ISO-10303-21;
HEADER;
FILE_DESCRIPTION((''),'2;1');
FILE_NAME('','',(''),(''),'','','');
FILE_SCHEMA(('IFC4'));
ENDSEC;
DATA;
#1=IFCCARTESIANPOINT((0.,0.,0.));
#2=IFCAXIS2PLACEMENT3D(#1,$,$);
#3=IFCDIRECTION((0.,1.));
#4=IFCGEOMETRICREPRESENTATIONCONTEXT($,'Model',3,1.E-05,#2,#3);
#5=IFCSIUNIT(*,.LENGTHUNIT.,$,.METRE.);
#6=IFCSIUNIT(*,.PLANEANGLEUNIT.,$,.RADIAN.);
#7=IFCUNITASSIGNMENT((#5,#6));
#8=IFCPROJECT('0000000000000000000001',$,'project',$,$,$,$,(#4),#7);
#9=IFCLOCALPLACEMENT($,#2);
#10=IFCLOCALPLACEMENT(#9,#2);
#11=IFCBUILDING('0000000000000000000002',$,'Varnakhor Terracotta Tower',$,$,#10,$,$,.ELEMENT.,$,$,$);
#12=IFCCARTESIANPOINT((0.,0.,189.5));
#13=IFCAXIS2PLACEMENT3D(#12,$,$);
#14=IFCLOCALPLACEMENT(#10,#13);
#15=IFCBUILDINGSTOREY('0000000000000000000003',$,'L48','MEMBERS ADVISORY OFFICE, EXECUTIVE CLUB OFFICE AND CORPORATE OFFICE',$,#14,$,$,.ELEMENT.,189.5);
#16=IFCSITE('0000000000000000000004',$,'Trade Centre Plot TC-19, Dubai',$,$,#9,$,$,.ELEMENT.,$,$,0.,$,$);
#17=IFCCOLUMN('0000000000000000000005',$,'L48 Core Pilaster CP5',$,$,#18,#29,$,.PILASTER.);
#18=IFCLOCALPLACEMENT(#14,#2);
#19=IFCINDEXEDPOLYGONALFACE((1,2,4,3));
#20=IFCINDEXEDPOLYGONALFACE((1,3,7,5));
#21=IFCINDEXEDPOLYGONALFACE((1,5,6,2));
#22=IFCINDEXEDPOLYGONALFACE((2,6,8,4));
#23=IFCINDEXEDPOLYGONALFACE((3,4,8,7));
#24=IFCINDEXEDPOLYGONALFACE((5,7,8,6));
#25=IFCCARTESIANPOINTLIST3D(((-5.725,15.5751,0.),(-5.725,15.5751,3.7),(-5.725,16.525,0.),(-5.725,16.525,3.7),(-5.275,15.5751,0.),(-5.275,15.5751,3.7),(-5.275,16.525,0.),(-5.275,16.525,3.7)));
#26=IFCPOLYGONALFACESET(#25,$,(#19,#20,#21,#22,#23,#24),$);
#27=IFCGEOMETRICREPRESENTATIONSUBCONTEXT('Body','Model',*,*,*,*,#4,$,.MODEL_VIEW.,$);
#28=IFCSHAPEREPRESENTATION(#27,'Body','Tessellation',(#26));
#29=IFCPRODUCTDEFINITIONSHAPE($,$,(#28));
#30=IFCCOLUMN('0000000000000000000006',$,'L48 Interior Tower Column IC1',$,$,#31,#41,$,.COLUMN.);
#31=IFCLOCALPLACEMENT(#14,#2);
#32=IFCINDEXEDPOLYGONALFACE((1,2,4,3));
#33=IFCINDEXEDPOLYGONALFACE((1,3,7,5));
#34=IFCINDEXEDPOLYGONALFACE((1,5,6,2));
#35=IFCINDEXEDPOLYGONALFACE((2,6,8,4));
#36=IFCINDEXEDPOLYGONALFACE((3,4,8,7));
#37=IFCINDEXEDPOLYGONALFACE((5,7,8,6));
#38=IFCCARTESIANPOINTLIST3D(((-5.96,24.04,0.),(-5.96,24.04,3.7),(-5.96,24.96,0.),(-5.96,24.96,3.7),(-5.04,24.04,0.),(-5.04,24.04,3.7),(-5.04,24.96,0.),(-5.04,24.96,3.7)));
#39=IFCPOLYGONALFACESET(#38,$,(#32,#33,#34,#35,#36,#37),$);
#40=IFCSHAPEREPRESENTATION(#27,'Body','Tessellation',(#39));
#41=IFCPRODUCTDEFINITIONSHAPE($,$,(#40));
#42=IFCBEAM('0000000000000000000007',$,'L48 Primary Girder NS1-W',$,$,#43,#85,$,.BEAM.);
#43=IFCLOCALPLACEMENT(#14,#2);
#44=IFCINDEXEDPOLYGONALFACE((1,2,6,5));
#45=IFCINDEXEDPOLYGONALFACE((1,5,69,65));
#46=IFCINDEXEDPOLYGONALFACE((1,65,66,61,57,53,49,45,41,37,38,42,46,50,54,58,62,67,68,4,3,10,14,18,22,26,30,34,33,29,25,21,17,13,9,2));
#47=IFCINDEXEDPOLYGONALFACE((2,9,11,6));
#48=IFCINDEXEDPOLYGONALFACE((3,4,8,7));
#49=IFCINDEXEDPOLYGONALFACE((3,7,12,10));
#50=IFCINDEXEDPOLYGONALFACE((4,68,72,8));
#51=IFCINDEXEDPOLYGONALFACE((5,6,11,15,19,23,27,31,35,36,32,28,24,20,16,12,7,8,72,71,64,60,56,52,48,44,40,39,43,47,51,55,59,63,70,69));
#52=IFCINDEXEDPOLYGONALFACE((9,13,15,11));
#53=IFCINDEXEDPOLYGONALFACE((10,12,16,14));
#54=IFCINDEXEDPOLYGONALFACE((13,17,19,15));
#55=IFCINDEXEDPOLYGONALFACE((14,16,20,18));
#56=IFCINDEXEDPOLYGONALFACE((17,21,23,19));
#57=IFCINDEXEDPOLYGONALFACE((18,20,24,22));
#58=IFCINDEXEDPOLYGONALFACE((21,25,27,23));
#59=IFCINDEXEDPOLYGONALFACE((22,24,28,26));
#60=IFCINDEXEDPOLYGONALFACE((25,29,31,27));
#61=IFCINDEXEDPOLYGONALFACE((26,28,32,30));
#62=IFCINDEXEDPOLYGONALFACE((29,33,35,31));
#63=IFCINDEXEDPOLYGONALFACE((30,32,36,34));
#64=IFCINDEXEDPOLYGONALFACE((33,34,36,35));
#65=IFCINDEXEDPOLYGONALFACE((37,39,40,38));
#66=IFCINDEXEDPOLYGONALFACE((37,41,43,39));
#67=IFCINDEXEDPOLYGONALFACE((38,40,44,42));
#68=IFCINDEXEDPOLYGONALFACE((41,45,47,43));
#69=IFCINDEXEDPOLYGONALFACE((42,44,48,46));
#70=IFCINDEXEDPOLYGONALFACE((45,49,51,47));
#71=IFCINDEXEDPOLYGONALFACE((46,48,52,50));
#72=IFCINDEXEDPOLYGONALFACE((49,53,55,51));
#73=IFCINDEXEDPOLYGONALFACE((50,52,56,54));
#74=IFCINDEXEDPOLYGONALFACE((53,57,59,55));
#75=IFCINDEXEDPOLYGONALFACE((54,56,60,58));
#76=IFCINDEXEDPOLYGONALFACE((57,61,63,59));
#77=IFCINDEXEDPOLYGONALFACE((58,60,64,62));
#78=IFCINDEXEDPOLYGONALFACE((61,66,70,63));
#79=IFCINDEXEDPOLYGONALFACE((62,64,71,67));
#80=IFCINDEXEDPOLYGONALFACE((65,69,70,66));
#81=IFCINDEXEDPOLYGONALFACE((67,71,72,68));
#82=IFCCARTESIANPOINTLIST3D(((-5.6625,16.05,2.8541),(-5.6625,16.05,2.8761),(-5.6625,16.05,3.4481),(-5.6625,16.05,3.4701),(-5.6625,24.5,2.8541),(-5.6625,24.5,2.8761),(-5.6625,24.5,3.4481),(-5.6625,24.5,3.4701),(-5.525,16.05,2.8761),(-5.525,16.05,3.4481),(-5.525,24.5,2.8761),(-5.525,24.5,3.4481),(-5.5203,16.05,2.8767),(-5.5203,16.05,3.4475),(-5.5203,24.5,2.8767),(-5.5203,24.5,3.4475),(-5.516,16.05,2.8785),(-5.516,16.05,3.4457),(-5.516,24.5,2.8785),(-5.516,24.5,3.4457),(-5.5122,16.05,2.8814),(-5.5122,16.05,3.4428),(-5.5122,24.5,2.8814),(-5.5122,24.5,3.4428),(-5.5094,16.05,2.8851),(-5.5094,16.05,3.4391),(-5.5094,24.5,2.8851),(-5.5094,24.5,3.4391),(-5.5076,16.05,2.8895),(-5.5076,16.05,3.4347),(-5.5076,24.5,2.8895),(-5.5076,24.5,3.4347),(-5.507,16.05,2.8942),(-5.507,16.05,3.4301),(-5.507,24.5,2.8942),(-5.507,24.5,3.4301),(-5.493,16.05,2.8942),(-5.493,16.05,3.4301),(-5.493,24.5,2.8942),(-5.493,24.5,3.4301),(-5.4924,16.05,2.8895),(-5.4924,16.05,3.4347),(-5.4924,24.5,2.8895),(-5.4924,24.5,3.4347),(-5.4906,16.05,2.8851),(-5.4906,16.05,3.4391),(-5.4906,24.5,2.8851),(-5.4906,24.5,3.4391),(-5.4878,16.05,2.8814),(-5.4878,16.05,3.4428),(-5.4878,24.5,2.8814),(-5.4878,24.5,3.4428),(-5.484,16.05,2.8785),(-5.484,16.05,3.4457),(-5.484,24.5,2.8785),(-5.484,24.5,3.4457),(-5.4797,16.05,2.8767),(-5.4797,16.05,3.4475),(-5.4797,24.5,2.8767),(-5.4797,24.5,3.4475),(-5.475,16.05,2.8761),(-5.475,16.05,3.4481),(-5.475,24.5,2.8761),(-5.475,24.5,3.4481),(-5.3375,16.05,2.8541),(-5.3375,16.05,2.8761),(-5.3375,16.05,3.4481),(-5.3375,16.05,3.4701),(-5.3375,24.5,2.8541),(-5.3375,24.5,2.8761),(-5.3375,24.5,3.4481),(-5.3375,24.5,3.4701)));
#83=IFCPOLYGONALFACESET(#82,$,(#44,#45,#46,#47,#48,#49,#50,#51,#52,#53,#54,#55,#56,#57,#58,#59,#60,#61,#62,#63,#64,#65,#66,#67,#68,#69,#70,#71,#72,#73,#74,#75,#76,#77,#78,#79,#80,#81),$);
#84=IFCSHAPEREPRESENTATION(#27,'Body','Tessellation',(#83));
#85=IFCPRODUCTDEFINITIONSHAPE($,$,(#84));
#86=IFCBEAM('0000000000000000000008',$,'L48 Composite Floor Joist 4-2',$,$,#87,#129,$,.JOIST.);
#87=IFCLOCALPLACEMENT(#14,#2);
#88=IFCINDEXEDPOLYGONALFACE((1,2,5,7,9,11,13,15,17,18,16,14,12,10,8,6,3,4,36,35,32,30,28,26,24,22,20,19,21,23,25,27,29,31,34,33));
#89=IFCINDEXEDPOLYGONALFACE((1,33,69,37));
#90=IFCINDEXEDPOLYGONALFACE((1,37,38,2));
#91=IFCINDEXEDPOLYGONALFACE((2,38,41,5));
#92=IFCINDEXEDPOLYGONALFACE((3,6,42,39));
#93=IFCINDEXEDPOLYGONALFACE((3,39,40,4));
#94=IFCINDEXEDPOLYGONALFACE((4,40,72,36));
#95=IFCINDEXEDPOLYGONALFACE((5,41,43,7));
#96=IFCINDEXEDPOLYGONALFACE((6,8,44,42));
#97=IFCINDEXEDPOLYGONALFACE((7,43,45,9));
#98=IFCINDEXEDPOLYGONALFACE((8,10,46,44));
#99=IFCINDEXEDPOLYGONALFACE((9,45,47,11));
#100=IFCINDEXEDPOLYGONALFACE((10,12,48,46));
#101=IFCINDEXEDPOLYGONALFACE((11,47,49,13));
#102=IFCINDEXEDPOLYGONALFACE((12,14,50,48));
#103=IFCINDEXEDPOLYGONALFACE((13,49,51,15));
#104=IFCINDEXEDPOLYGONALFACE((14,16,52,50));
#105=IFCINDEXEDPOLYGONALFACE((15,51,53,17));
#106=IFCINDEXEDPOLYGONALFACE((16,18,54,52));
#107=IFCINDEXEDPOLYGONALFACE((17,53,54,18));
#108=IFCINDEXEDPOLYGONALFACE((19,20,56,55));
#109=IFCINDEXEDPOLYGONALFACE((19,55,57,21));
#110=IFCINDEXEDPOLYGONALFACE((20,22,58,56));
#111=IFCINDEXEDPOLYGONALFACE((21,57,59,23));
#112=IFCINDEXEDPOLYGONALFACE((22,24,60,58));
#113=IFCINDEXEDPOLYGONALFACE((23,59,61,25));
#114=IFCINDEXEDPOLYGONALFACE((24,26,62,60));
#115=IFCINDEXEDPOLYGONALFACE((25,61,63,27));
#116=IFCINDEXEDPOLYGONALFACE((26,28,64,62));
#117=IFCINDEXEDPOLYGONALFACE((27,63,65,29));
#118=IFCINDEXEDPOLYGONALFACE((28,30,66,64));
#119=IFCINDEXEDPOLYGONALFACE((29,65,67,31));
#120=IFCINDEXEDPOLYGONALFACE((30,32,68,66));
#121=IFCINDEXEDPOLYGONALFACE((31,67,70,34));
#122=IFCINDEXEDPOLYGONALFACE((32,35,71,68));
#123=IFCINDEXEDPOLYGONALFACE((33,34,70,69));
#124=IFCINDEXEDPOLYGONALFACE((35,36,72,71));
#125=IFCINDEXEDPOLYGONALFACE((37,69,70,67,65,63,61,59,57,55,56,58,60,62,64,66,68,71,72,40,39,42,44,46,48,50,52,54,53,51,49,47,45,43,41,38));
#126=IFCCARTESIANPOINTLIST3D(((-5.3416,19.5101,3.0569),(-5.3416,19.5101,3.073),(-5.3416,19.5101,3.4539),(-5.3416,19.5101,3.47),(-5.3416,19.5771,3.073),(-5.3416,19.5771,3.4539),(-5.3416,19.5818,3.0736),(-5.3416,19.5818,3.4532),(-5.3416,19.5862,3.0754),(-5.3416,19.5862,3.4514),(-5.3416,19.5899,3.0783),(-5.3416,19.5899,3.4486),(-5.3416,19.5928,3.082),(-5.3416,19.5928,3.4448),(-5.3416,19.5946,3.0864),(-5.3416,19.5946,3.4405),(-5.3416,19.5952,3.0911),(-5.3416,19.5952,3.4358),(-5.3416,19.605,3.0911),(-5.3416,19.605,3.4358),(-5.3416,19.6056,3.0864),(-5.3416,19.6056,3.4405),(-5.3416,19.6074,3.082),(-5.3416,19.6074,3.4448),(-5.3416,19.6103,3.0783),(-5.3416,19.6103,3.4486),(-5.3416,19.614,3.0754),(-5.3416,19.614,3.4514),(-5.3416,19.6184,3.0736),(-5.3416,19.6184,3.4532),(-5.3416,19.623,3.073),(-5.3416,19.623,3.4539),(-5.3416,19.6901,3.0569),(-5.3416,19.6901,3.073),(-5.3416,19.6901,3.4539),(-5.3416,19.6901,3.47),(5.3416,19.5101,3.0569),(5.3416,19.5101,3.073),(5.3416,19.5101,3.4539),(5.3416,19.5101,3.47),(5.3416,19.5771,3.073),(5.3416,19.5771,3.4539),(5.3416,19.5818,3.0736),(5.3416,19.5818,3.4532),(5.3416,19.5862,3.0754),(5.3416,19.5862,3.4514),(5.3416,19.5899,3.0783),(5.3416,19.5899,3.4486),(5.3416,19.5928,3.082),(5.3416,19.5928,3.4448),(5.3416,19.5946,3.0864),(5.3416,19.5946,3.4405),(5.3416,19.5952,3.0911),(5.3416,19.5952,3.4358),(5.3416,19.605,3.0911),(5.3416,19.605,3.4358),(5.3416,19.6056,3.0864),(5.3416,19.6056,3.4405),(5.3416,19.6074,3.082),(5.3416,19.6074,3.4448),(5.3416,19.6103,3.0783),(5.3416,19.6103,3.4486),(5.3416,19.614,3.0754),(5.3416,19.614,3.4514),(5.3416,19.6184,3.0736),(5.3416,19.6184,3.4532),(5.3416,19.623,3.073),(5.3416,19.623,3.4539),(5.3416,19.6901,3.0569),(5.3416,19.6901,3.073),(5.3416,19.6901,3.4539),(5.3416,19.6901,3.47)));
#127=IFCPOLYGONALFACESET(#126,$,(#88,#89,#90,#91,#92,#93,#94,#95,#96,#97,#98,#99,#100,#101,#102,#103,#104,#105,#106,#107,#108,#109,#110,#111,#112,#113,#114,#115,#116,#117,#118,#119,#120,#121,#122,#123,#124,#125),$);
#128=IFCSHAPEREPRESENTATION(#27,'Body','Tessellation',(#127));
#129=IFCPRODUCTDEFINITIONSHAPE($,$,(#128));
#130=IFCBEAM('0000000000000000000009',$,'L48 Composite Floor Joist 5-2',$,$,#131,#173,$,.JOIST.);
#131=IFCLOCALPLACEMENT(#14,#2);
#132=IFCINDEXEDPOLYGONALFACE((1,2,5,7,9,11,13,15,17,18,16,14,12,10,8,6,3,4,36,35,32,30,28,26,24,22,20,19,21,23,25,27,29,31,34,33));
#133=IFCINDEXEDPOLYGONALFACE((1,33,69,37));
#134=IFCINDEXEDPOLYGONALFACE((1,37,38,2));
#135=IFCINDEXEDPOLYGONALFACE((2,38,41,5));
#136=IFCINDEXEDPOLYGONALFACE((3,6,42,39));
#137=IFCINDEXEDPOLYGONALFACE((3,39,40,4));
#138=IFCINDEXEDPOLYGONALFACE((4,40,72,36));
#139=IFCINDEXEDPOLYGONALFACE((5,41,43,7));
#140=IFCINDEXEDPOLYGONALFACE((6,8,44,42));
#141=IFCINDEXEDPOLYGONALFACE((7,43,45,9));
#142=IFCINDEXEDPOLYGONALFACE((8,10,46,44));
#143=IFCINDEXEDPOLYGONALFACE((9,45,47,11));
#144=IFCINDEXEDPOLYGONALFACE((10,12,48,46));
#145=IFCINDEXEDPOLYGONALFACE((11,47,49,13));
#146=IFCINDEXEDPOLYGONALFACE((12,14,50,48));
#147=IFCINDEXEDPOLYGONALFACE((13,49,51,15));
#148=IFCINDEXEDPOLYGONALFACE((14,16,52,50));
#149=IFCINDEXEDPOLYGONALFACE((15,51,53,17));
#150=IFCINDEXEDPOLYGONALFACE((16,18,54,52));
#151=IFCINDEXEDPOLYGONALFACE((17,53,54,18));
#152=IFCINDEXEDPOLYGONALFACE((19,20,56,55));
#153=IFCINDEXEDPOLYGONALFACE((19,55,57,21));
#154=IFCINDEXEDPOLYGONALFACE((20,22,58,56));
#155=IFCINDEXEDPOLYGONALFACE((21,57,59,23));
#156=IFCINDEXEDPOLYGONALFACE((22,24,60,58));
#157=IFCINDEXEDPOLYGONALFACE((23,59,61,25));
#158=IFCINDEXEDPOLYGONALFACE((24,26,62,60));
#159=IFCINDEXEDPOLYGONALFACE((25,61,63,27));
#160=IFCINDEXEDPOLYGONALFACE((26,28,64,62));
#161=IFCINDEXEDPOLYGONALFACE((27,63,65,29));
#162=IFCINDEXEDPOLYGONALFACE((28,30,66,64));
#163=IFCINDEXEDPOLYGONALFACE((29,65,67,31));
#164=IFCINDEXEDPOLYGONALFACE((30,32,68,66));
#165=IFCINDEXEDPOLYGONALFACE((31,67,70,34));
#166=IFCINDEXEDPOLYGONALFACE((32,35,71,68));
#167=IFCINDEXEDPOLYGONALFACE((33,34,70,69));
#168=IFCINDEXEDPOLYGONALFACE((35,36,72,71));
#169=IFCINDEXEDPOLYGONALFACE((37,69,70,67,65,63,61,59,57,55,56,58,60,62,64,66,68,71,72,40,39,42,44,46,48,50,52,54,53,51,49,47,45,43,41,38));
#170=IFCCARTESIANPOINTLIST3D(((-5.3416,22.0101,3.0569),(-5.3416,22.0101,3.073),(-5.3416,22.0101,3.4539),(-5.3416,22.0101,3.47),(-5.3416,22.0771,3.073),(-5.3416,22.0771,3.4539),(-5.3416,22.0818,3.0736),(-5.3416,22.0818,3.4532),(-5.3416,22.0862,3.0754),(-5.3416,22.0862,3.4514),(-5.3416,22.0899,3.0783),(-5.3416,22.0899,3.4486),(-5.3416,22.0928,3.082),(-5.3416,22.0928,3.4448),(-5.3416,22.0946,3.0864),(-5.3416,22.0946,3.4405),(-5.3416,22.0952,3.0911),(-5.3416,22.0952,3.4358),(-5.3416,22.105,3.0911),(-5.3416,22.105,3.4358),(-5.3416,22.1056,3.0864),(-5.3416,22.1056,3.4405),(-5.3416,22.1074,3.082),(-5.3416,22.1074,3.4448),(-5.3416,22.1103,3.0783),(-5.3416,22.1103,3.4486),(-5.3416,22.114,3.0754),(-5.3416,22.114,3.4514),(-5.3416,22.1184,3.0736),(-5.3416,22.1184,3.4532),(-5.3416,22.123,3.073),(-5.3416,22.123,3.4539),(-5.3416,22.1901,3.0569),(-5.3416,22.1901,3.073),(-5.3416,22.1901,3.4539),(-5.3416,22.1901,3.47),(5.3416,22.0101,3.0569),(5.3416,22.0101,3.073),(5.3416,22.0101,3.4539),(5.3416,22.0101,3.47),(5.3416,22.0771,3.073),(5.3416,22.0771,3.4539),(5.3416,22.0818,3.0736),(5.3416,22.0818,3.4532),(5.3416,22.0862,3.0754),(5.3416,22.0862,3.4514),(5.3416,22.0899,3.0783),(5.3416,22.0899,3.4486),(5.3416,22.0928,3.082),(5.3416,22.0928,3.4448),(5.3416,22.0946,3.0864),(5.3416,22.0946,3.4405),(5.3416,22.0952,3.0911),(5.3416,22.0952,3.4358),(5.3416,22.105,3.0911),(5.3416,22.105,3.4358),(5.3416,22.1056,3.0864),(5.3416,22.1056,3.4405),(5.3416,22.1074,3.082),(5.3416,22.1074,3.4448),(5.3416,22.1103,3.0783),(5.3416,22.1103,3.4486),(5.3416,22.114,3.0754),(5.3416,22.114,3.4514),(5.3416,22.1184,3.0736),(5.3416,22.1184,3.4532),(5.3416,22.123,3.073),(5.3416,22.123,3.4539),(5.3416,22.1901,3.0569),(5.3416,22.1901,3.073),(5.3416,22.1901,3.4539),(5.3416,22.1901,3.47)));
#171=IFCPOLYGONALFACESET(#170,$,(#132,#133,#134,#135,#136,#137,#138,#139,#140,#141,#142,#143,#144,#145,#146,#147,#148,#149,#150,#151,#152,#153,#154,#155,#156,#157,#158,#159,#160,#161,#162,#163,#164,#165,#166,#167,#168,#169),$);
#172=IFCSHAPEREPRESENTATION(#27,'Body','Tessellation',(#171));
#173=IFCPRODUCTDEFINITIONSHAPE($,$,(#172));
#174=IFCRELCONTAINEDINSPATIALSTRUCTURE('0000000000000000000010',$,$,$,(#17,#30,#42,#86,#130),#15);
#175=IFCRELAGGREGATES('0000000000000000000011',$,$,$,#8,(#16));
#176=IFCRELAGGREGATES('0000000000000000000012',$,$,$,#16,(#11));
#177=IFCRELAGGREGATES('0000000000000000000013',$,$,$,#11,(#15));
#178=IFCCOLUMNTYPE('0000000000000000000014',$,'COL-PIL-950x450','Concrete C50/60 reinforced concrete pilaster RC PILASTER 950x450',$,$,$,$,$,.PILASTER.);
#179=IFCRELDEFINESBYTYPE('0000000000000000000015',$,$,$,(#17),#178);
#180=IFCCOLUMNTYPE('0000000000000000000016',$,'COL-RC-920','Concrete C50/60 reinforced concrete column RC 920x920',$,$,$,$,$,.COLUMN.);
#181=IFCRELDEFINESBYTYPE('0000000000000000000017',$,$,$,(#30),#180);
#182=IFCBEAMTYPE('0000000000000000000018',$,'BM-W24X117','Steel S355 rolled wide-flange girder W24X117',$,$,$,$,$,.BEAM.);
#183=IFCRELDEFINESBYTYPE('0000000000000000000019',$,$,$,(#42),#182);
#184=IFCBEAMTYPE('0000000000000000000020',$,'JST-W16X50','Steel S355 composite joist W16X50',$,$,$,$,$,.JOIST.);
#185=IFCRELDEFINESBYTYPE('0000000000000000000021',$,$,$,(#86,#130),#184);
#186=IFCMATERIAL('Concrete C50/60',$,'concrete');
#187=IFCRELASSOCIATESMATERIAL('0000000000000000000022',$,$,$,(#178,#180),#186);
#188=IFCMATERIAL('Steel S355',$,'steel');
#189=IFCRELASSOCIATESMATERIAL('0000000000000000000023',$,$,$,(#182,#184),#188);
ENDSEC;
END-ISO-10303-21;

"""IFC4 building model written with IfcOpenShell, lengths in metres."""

from ifc_helpers import new_model, si_unit, direction, frame, origin, origin_2d, place, context, subcontext, project, spatial, rectangle, i_section, extrude, source, transform, mapped, material, material_profile, profile_set, type_object, type_shapes, element, save


model = new_model("IFC4")

# Units and contexts
model_context = context("Model", 3, precision=1e-05, world=origin(), true_north=direction((0.0, 1.0)))
body_context = subcontext(model_context, "Body", "Model", "MODEL_VIEW")
ifc_project = project(units=[si_unit("LENGTHUNIT", "METRE"), si_unit("PLANEANGLEUNIT", "RADIAN")], contexts=[model_context])

# Site, building, storey
site_placement = place(None, origin())
site = spatial("IfcSite", under=ifc_project, at=site_placement, Name="Trade Centre Plot TC-19, Dubai", CompositionType="ELEMENT", RefElevation=0.0)
building_placement = place(site_placement, origin())
building = spatial("IfcBuilding", under=site, at=building_placement, Name="Varnakhor Terracotta Tower", CompositionType="ELEMENT")
storey_placement = place(building_placement, frame((0.0, 0.0, 189.5)))
storey = spatial("IfcBuildingStorey", under=building, at=storey_placement, Name="L48", Description="MEMBERS ADVISORY OFFICE, EXECUTIVE CLUB OFFICE AND CORPORATE OFFICE", CompositionType="ELEMENT", Elevation=189.5)

# Columns
ifc_material_1 = material(Name="Concrete C50/60", Category="concrete")
ifc_material_profile_1 = material_profile(ifc_material_1, rectangle(XDim=0.45, YDim=0.95, at=origin_2d()), Name="RC PILASTER 950x450")
ifc_profile_set_1 = profile_set([ifc_material_profile_1], Name="Concrete C50/60")
column_type_1 = type_object("IfcColumnType", Name="COL-PIL-950x450", Description="Concrete C50/60 reinforced concrete pilaster RC PILASTER 950x450", PredefinedType="PILASTER", material=ifc_profile_set_1)
shared_shape_1 = source(origin(), body_context, "Body", "SweptSolid", [
    extrude(rectangle(XDim=0.45, YDim=0.95, at=origin_2d()), origin(), (0.0, 0.0, 1.0), 3.7),
])
column_1_placement = place(storey_placement, frame((-5.5, 16.05, 0.0), z_axis=(0.0, 0.0, 1.0), x_axis=(1.0, 0.0, 0.0)))
element("IfcColumn", 1, at=column_1_placement, inside=storey, type_object=column_type_1, Name="L48 Core Pilaster CP5", PredefinedType="PILASTER", context=body_context, shape_type="MappedRepresentation", body=[
    mapped(shared_shape_1, transform((0.0, 0.0, 0.0), scale=1.0)),
])
ifc_material_profile_2 = material_profile(ifc_material_1, rectangle(XDim=0.9199, YDim=0.9199, at=origin_2d()), Name="RC 920x920")
ifc_profile_set_2 = profile_set([ifc_material_profile_2], Name="Concrete C50/60")
column_type_2 = type_object("IfcColumnType", Name="COL-RC-920", Description="Concrete C50/60 reinforced concrete column RC 920x920", PredefinedType="COLUMN", material=ifc_profile_set_2)
shared_shape_2 = source(origin(), body_context, "Body", "SweptSolid", [
    extrude(rectangle(XDim=0.9199, YDim=0.9199, at=origin_2d()), origin(), (0.0, 0.0, 1.0), 3.7),
])
column_2_placement = place(storey_placement, frame((-5.5, 24.5, 0.0), z_axis=(0.0, 0.0, 1.0), x_axis=(1.0, 0.0, 0.0)))
element("IfcColumn", 2, at=column_2_placement, inside=storey, type_object=column_type_2, Name="L48 Interior Tower Column IC1", PredefinedType="COLUMN", context=body_context, shape_type="MappedRepresentation", body=[
    mapped(shared_shape_2, transform((0.0, 0.0, 0.0), scale=1.0)),
])

# Beams
ifc_material_2 = material(Name="Steel S355", Category="steel")
ifc_material_profile_3 = material_profile(ifc_material_2, i_section(OverallWidth=0.325, OverallDepth=0.616, WebThickness=0.0139, FlangeThickness=0.022, FilletRadius=0.0181, at=origin_2d()), Name="W24X117")
ifc_profile_set_3 = profile_set([ifc_material_profile_3], Name="Steel S355")
beam_type_1 = type_object("IfcBeamType", Name="BM-W24X117", Description="Steel S355 rolled wide-flange girder W24X117", PredefinedType="BEAM", material=ifc_profile_set_3)
shared_shape_3 = source(origin(), body_context, "Body", "SweptSolid", [
    extrude(i_section(OverallWidth=0.325, OverallDepth=0.616, WebThickness=0.0139, FlangeThickness=0.022, FilletRadius=0.0181, at=origin_2d()), origin(), (0.0, 0.0, 1.0), 8.45),
])
type_shapes(beam_type_1, [shared_shape_3])
beam_placement = place(storey_placement, frame((-5.5, 16.05, 3.1621), z_axis=(0.0, 1.0, 0.0), x_axis=(-1.0, 0.0, 0.0)))
element("IfcBeam", 3, at=beam_placement, inside=storey, type_object=beam_type_1, Name="L48 Primary Girder NS1-W", PredefinedType="BEAM", context=body_context, shape_type="MappedRepresentation", body=[
    mapped(shared_shape_3, transform((0.0, 0.0, 0.0), scale=1.0)),
])
ifc_material_profile_4 = material_profile(ifc_material_2, i_section(OverallWidth=0.1799, OverallDepth=0.4131, WebThickness=0.0098, FlangeThickness=0.0161, FilletRadius=0.0181, at=origin_2d()), Name="W16X50")
ifc_profile_set_4 = profile_set([ifc_material_profile_4], Name="Steel S355")
beam_type_2 = type_object("IfcBeamType", Name="JST-W16X50", Description="Steel S355 composite joist W16X50", PredefinedType="JOIST", material=ifc_profile_set_4)
shared_shape_4 = source(origin(), body_context, "Body", "SweptSolid", [
    extrude(i_section(OverallWidth=0.1799, OverallDepth=0.4131, WebThickness=0.0098, FlangeThickness=0.0161, FilletRadius=0.0181, at=origin_2d()), origin(), (0.0, 0.0, 1.0), 10.6831),
])
for number, where, z_axis, x_axis, name in (
    (4, (-5.3416, 19.6001, 3.2634), (1.0, 0.0, 0.0), (0.0, 1.0, 0.0), "L48 Composite Floor Joist 4-2"),
    (5, (-5.3416, 22.1001, 3.2634), (1.0, 0.0, 0.0), (0.0, 1.0, 0.0), "L48 Composite Floor Joist 5-2"),
):
    element("IfcBeam", number, at=place(storey_placement, frame(where, z_axis=z_axis, x_axis=x_axis)), inside=storey, type_object=beam_type_2, Name=name, PredefinedType="JOIST", context=body_context, shape_type="MappedRepresentation", body=[
        mapped(shared_shape_4, transform((0.0, 0.0, 0.0), scale=1.0)),
    ])

save(model, "model.ifc")
